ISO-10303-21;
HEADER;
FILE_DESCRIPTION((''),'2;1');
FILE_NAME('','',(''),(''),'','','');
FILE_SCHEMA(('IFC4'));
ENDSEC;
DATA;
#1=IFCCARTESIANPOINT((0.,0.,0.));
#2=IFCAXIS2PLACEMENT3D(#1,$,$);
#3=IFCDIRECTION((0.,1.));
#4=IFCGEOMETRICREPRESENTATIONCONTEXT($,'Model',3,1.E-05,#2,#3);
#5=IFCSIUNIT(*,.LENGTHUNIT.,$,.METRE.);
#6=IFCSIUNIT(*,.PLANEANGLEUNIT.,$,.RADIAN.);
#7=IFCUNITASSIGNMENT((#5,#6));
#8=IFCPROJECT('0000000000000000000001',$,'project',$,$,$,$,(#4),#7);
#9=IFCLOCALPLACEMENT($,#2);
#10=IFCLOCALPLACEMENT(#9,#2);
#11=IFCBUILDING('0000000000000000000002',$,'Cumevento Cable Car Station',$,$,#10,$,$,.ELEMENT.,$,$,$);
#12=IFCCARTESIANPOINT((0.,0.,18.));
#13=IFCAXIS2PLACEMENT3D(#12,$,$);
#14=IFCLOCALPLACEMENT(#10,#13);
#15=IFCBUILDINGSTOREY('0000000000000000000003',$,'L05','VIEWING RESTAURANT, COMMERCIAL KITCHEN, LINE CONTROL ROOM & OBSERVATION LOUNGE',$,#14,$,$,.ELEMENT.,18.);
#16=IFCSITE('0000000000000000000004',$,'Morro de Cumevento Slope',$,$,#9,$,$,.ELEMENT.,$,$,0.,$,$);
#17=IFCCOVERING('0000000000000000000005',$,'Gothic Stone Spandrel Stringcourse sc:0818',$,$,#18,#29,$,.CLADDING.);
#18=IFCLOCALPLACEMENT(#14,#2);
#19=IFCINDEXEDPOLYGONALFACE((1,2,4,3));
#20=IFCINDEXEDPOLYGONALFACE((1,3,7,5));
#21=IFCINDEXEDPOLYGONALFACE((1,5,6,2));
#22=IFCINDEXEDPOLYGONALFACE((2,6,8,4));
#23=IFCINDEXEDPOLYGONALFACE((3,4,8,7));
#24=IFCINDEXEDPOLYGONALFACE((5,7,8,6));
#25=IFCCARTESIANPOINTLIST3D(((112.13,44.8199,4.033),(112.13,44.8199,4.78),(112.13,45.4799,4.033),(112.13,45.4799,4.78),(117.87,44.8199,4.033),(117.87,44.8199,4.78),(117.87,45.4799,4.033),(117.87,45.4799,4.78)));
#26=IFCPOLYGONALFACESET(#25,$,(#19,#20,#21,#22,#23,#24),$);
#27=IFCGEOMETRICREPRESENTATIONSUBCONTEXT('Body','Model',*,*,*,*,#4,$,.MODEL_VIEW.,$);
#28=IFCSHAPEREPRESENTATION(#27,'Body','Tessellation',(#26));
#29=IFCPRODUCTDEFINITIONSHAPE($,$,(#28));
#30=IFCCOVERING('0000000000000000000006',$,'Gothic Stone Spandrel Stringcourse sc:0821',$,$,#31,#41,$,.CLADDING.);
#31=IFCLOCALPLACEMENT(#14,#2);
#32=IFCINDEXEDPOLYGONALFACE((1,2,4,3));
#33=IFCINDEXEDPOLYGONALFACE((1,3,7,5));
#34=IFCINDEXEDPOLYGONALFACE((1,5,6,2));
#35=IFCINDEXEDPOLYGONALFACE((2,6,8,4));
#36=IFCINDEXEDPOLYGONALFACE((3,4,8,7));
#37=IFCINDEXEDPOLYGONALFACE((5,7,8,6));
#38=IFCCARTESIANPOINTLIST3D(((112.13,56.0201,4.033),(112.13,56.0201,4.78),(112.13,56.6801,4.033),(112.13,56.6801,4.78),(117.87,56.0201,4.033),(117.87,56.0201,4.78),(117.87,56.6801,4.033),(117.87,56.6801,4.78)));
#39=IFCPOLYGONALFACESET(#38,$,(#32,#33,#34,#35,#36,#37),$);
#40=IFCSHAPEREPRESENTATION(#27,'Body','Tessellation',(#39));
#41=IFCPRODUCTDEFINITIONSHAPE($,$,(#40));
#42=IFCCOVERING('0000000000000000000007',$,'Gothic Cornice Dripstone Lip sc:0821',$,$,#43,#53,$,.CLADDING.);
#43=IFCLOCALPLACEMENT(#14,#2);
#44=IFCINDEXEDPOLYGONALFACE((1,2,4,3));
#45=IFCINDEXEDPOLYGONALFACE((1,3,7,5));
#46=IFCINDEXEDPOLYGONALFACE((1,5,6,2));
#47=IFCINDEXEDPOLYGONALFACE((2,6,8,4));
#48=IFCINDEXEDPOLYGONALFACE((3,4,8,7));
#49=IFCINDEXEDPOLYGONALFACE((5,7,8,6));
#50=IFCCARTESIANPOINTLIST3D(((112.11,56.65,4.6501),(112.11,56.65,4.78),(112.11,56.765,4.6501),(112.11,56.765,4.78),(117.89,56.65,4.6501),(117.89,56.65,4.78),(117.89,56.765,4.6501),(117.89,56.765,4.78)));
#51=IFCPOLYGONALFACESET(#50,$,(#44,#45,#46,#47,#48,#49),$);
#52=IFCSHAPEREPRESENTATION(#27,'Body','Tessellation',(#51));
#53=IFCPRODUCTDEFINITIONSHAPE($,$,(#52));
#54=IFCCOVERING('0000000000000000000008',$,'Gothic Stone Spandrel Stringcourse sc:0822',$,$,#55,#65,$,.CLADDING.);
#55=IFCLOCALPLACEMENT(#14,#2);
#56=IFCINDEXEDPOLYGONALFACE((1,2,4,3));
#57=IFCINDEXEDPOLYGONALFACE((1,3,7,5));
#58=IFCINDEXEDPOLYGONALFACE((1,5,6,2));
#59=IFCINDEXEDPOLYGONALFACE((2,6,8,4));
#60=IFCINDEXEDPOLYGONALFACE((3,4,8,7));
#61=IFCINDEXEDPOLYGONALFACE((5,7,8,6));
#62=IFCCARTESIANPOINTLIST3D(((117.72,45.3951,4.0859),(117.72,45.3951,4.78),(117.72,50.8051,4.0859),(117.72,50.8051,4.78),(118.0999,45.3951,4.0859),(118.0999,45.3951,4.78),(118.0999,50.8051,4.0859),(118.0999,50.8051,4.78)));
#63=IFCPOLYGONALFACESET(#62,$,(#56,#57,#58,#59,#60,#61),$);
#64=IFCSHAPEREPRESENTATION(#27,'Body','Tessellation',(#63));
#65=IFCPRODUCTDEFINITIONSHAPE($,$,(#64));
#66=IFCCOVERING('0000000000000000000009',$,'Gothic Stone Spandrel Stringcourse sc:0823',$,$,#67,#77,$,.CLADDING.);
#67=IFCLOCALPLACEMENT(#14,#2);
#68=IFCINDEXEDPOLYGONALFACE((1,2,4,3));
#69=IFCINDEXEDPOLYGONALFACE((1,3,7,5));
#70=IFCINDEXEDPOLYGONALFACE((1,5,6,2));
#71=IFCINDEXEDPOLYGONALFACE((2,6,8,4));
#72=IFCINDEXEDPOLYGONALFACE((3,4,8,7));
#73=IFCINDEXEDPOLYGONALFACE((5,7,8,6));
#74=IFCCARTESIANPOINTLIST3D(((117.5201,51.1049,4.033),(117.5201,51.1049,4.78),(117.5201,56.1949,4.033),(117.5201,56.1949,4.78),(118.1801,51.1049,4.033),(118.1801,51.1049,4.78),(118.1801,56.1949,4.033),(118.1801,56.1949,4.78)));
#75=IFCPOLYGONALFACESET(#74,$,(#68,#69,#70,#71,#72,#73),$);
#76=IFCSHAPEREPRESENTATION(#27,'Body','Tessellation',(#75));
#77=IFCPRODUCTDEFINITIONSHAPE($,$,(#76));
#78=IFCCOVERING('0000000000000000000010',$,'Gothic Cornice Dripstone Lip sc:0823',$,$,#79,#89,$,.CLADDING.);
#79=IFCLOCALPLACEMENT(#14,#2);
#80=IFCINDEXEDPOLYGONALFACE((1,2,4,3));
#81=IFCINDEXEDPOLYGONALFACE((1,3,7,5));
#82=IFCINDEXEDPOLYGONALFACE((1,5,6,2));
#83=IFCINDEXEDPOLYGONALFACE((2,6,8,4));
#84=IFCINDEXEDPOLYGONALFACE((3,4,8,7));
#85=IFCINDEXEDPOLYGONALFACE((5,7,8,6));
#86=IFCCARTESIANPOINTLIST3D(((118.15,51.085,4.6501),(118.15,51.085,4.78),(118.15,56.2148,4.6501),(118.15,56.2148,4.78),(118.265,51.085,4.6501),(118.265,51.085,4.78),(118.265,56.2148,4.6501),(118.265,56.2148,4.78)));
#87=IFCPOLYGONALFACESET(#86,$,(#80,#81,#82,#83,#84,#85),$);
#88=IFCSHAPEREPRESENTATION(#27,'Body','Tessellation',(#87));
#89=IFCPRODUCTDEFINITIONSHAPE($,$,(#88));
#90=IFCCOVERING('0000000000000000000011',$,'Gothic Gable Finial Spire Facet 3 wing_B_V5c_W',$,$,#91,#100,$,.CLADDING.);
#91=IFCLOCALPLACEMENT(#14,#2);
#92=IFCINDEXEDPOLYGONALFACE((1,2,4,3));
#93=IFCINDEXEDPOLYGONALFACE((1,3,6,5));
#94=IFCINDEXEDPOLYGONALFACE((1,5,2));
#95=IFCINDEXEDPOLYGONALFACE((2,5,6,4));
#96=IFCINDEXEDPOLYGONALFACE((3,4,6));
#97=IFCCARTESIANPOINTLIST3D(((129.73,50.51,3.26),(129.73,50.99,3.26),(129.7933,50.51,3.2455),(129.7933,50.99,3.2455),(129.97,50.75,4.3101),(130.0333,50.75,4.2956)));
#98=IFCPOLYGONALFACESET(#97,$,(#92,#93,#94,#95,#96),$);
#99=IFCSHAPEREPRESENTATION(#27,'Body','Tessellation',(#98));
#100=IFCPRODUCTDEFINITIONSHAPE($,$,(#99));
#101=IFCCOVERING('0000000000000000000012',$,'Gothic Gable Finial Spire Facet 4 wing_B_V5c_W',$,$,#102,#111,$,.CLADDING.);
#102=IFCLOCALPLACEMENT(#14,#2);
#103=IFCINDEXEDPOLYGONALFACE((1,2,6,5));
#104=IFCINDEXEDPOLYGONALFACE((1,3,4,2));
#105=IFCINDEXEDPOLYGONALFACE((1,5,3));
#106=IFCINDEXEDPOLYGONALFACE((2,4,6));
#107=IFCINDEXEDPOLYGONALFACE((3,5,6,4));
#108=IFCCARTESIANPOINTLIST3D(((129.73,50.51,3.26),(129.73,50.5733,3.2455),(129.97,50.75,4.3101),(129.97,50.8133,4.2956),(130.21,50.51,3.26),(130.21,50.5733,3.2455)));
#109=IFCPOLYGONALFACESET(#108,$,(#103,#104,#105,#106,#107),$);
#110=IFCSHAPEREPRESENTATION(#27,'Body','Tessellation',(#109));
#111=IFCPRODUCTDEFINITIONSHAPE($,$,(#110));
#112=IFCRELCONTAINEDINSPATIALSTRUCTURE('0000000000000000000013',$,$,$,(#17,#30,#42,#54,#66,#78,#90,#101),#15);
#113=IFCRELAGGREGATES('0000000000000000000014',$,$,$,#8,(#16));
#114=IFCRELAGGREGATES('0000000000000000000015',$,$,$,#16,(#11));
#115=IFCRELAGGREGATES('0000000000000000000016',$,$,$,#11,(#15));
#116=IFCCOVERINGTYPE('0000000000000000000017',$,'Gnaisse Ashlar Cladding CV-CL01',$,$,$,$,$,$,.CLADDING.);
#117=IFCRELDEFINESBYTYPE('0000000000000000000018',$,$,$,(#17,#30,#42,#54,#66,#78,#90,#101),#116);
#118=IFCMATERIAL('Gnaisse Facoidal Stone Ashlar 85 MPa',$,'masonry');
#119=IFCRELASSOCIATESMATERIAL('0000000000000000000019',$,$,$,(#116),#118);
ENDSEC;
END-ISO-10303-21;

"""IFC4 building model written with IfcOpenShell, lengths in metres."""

from ifc_helpers import new_model, si_unit, direction, frame, origin, origin_2d, place, context, subcontext, project, spatial, polyline, rectangle, outline, extrude, material, type_object, element, save


model = new_model("IFC4")

# Units and contexts
model_context = context("Model", 3, precision=1e-05, world=origin(), true_north=direction((0.0, 1.0)))
body_context = subcontext(model_context, "Body", "Model", "MODEL_VIEW")
ifc_project = project(units=[si_unit("LENGTHUNIT", "METRE"), si_unit("PLANEANGLEUNIT", "RADIAN")], contexts=[model_context])

# Site, building, storey
site_placement = place(None, origin())
site = spatial("IfcSite", under=ifc_project, at=site_placement, Name="Morro de Cumevento Slope", CompositionType="ELEMENT", RefElevation=0.0)
building_placement = place(site_placement, origin())
building = spatial("IfcBuilding", under=site, at=building_placement, Name="Cumevento Cable Car Station", CompositionType="ELEMENT")
storey_placement = place(building_placement, frame((0.0, 0.0, 18.0)))
storey = spatial("IfcBuildingStorey", under=building, at=storey_placement, Name="L05", Description="VIEWING RESTAURANT, COMMERCIAL KITCHEN, LINE CONTROL ROOM & OBSERVATION LOUNGE", CompositionType="ELEMENT", Elevation=18.0)

# Coverings
ifc_material_1 = material(Name="Gnaisse Facoidal Stone Ashlar 85 MPa", Category="masonry")
covering_type_1 = type_object("IfcCoveringType", Name="Gnaisse Ashlar Cladding CV-CL01", PredefinedType="CLADDING", material=ifc_material_1)
for number, where, z_axis, x_axis, name in (
    (1, (115.0, 45.1499, 4.033), (0.0, 0.0, 1.0), (-1.0, 0.0, 0.0), "Gothic Stone Spandrel Stringcourse sc:0818"),
    (2, (115.0, 56.3501, 4.033), (0.0, 0.0, 1.0), (1.0, 0.0, 0.0), "Gothic Stone Spandrel Stringcourse sc:0821"),
):
    element("IfcCovering", number, at=place(storey_placement, frame(where, z_axis=z_axis, x_axis=x_axis)), inside=storey, type_object=covering_type_1, Name=name, PredefinedType="CLADDING", context=body_context, shape_type="SweptSolid", body=[
        extrude(rectangle(XDim=5.74, YDim=0.6599, at=origin_2d()), origin(), (0.0, 0.0, 1.0), 0.7471),
    ])
covering_1_placement = place(storey_placement, frame((115.0, 56.7075, 4.6501), z_axis=(0.0, 0.0, 1.0), x_axis=(1.0, 0.0, 0.0)))
element("IfcCovering", 3, at=covering_1_placement, inside=storey, type_object=covering_type_1, Name="Gothic Cornice Dripstone Lip sc:0821", PredefinedType="CLADDING", context=body_context, shape_type="SweptSolid", body=[
    extrude(rectangle(XDim=5.78, YDim=0.115, at=origin_2d()), origin(), (0.0, 0.0, 1.0), 0.1299),
])
covering_2_placement = place(storey_placement, frame((117.9099, 48.1001, 4.0859), z_axis=(0.0, 0.0, 1.0), x_axis=(0.0, -1.0, 0.0)))
element("IfcCovering", 4, at=covering_2_placement, inside=storey, type_object=covering_type_1, Name="Gothic Stone Spandrel Stringcourse sc:0822", PredefinedType="CLADDING", context=body_context, shape_type="SweptSolid", body=[
    extrude(rectangle(XDim=5.4099, YDim=0.3799, at=origin_2d()), origin(), (0.0, 0.0, 1.0), 0.6941),
])
covering_3_placement = place(storey_placement, frame((117.8501, 53.6499, 4.033), z_axis=(0.0, 0.0, 1.0), x_axis=(0.0, -1.0, 0.0)))
element("IfcCovering", 5, at=covering_3_placement, inside=storey, type_object=covering_type_1, Name="Gothic Stone Spandrel Stringcourse sc:0823", PredefinedType="CLADDING", context=body_context, shape_type="SweptSolid", body=[
    extrude(rectangle(XDim=5.0901, YDim=0.6599, at=origin_2d()), origin(), (0.0, 0.0, 1.0), 0.7471),
])
covering_4_placement = place(storey_placement, frame((118.2075, 53.6499, 4.6501), z_axis=(0.0, 0.0, 1.0), x_axis=(0.0, -1.0, 0.0)))
element("IfcCovering", 6, at=covering_4_placement, inside=storey, type_object=covering_type_1, Name="Gothic Cornice Dripstone Lip sc:0823", PredefinedType="CLADDING", context=body_context, shape_type="SweptSolid", body=[
    extrude(rectangle(XDim=5.1299, YDim=0.115, at=origin_2d()), origin(), (0.0, 0.0, 1.0), 0.1299),
])
for number, where, z_axis, x_axis, name in (
    (7, (129.73, 50.99, 3.26), (-0.974863, 0.0, 0.222806), (0.0, -1.0, 0.0), "Gothic Gable Finial Spire Facet 3 wing_B_V5c_W"),
    (8, (129.73, 50.51, 3.26), (0.0, -0.974863, 0.222806), (1.0, 0.0, 0.0), "Gothic Gable Finial Spire Facet 4 wing_B_V5c_W"),
):
    element("IfcCovering", number, at=place(storey_placement, frame(where, z_axis=z_axis, x_axis=x_axis)), inside=storey, type_object=covering_type_1, Name=name, PredefinedType="CLADDING", context=body_context, shape_type="SweptSolid", body=[
        extrude(outline(polyline([(0.0, 0.0), (0.48, 0.0), (0.24, 1.0771), (0.0, 0.0)])), origin(), (0.0, 0.0, -1.0), 0.0649),
    ])

save(model, "model.ifc")
